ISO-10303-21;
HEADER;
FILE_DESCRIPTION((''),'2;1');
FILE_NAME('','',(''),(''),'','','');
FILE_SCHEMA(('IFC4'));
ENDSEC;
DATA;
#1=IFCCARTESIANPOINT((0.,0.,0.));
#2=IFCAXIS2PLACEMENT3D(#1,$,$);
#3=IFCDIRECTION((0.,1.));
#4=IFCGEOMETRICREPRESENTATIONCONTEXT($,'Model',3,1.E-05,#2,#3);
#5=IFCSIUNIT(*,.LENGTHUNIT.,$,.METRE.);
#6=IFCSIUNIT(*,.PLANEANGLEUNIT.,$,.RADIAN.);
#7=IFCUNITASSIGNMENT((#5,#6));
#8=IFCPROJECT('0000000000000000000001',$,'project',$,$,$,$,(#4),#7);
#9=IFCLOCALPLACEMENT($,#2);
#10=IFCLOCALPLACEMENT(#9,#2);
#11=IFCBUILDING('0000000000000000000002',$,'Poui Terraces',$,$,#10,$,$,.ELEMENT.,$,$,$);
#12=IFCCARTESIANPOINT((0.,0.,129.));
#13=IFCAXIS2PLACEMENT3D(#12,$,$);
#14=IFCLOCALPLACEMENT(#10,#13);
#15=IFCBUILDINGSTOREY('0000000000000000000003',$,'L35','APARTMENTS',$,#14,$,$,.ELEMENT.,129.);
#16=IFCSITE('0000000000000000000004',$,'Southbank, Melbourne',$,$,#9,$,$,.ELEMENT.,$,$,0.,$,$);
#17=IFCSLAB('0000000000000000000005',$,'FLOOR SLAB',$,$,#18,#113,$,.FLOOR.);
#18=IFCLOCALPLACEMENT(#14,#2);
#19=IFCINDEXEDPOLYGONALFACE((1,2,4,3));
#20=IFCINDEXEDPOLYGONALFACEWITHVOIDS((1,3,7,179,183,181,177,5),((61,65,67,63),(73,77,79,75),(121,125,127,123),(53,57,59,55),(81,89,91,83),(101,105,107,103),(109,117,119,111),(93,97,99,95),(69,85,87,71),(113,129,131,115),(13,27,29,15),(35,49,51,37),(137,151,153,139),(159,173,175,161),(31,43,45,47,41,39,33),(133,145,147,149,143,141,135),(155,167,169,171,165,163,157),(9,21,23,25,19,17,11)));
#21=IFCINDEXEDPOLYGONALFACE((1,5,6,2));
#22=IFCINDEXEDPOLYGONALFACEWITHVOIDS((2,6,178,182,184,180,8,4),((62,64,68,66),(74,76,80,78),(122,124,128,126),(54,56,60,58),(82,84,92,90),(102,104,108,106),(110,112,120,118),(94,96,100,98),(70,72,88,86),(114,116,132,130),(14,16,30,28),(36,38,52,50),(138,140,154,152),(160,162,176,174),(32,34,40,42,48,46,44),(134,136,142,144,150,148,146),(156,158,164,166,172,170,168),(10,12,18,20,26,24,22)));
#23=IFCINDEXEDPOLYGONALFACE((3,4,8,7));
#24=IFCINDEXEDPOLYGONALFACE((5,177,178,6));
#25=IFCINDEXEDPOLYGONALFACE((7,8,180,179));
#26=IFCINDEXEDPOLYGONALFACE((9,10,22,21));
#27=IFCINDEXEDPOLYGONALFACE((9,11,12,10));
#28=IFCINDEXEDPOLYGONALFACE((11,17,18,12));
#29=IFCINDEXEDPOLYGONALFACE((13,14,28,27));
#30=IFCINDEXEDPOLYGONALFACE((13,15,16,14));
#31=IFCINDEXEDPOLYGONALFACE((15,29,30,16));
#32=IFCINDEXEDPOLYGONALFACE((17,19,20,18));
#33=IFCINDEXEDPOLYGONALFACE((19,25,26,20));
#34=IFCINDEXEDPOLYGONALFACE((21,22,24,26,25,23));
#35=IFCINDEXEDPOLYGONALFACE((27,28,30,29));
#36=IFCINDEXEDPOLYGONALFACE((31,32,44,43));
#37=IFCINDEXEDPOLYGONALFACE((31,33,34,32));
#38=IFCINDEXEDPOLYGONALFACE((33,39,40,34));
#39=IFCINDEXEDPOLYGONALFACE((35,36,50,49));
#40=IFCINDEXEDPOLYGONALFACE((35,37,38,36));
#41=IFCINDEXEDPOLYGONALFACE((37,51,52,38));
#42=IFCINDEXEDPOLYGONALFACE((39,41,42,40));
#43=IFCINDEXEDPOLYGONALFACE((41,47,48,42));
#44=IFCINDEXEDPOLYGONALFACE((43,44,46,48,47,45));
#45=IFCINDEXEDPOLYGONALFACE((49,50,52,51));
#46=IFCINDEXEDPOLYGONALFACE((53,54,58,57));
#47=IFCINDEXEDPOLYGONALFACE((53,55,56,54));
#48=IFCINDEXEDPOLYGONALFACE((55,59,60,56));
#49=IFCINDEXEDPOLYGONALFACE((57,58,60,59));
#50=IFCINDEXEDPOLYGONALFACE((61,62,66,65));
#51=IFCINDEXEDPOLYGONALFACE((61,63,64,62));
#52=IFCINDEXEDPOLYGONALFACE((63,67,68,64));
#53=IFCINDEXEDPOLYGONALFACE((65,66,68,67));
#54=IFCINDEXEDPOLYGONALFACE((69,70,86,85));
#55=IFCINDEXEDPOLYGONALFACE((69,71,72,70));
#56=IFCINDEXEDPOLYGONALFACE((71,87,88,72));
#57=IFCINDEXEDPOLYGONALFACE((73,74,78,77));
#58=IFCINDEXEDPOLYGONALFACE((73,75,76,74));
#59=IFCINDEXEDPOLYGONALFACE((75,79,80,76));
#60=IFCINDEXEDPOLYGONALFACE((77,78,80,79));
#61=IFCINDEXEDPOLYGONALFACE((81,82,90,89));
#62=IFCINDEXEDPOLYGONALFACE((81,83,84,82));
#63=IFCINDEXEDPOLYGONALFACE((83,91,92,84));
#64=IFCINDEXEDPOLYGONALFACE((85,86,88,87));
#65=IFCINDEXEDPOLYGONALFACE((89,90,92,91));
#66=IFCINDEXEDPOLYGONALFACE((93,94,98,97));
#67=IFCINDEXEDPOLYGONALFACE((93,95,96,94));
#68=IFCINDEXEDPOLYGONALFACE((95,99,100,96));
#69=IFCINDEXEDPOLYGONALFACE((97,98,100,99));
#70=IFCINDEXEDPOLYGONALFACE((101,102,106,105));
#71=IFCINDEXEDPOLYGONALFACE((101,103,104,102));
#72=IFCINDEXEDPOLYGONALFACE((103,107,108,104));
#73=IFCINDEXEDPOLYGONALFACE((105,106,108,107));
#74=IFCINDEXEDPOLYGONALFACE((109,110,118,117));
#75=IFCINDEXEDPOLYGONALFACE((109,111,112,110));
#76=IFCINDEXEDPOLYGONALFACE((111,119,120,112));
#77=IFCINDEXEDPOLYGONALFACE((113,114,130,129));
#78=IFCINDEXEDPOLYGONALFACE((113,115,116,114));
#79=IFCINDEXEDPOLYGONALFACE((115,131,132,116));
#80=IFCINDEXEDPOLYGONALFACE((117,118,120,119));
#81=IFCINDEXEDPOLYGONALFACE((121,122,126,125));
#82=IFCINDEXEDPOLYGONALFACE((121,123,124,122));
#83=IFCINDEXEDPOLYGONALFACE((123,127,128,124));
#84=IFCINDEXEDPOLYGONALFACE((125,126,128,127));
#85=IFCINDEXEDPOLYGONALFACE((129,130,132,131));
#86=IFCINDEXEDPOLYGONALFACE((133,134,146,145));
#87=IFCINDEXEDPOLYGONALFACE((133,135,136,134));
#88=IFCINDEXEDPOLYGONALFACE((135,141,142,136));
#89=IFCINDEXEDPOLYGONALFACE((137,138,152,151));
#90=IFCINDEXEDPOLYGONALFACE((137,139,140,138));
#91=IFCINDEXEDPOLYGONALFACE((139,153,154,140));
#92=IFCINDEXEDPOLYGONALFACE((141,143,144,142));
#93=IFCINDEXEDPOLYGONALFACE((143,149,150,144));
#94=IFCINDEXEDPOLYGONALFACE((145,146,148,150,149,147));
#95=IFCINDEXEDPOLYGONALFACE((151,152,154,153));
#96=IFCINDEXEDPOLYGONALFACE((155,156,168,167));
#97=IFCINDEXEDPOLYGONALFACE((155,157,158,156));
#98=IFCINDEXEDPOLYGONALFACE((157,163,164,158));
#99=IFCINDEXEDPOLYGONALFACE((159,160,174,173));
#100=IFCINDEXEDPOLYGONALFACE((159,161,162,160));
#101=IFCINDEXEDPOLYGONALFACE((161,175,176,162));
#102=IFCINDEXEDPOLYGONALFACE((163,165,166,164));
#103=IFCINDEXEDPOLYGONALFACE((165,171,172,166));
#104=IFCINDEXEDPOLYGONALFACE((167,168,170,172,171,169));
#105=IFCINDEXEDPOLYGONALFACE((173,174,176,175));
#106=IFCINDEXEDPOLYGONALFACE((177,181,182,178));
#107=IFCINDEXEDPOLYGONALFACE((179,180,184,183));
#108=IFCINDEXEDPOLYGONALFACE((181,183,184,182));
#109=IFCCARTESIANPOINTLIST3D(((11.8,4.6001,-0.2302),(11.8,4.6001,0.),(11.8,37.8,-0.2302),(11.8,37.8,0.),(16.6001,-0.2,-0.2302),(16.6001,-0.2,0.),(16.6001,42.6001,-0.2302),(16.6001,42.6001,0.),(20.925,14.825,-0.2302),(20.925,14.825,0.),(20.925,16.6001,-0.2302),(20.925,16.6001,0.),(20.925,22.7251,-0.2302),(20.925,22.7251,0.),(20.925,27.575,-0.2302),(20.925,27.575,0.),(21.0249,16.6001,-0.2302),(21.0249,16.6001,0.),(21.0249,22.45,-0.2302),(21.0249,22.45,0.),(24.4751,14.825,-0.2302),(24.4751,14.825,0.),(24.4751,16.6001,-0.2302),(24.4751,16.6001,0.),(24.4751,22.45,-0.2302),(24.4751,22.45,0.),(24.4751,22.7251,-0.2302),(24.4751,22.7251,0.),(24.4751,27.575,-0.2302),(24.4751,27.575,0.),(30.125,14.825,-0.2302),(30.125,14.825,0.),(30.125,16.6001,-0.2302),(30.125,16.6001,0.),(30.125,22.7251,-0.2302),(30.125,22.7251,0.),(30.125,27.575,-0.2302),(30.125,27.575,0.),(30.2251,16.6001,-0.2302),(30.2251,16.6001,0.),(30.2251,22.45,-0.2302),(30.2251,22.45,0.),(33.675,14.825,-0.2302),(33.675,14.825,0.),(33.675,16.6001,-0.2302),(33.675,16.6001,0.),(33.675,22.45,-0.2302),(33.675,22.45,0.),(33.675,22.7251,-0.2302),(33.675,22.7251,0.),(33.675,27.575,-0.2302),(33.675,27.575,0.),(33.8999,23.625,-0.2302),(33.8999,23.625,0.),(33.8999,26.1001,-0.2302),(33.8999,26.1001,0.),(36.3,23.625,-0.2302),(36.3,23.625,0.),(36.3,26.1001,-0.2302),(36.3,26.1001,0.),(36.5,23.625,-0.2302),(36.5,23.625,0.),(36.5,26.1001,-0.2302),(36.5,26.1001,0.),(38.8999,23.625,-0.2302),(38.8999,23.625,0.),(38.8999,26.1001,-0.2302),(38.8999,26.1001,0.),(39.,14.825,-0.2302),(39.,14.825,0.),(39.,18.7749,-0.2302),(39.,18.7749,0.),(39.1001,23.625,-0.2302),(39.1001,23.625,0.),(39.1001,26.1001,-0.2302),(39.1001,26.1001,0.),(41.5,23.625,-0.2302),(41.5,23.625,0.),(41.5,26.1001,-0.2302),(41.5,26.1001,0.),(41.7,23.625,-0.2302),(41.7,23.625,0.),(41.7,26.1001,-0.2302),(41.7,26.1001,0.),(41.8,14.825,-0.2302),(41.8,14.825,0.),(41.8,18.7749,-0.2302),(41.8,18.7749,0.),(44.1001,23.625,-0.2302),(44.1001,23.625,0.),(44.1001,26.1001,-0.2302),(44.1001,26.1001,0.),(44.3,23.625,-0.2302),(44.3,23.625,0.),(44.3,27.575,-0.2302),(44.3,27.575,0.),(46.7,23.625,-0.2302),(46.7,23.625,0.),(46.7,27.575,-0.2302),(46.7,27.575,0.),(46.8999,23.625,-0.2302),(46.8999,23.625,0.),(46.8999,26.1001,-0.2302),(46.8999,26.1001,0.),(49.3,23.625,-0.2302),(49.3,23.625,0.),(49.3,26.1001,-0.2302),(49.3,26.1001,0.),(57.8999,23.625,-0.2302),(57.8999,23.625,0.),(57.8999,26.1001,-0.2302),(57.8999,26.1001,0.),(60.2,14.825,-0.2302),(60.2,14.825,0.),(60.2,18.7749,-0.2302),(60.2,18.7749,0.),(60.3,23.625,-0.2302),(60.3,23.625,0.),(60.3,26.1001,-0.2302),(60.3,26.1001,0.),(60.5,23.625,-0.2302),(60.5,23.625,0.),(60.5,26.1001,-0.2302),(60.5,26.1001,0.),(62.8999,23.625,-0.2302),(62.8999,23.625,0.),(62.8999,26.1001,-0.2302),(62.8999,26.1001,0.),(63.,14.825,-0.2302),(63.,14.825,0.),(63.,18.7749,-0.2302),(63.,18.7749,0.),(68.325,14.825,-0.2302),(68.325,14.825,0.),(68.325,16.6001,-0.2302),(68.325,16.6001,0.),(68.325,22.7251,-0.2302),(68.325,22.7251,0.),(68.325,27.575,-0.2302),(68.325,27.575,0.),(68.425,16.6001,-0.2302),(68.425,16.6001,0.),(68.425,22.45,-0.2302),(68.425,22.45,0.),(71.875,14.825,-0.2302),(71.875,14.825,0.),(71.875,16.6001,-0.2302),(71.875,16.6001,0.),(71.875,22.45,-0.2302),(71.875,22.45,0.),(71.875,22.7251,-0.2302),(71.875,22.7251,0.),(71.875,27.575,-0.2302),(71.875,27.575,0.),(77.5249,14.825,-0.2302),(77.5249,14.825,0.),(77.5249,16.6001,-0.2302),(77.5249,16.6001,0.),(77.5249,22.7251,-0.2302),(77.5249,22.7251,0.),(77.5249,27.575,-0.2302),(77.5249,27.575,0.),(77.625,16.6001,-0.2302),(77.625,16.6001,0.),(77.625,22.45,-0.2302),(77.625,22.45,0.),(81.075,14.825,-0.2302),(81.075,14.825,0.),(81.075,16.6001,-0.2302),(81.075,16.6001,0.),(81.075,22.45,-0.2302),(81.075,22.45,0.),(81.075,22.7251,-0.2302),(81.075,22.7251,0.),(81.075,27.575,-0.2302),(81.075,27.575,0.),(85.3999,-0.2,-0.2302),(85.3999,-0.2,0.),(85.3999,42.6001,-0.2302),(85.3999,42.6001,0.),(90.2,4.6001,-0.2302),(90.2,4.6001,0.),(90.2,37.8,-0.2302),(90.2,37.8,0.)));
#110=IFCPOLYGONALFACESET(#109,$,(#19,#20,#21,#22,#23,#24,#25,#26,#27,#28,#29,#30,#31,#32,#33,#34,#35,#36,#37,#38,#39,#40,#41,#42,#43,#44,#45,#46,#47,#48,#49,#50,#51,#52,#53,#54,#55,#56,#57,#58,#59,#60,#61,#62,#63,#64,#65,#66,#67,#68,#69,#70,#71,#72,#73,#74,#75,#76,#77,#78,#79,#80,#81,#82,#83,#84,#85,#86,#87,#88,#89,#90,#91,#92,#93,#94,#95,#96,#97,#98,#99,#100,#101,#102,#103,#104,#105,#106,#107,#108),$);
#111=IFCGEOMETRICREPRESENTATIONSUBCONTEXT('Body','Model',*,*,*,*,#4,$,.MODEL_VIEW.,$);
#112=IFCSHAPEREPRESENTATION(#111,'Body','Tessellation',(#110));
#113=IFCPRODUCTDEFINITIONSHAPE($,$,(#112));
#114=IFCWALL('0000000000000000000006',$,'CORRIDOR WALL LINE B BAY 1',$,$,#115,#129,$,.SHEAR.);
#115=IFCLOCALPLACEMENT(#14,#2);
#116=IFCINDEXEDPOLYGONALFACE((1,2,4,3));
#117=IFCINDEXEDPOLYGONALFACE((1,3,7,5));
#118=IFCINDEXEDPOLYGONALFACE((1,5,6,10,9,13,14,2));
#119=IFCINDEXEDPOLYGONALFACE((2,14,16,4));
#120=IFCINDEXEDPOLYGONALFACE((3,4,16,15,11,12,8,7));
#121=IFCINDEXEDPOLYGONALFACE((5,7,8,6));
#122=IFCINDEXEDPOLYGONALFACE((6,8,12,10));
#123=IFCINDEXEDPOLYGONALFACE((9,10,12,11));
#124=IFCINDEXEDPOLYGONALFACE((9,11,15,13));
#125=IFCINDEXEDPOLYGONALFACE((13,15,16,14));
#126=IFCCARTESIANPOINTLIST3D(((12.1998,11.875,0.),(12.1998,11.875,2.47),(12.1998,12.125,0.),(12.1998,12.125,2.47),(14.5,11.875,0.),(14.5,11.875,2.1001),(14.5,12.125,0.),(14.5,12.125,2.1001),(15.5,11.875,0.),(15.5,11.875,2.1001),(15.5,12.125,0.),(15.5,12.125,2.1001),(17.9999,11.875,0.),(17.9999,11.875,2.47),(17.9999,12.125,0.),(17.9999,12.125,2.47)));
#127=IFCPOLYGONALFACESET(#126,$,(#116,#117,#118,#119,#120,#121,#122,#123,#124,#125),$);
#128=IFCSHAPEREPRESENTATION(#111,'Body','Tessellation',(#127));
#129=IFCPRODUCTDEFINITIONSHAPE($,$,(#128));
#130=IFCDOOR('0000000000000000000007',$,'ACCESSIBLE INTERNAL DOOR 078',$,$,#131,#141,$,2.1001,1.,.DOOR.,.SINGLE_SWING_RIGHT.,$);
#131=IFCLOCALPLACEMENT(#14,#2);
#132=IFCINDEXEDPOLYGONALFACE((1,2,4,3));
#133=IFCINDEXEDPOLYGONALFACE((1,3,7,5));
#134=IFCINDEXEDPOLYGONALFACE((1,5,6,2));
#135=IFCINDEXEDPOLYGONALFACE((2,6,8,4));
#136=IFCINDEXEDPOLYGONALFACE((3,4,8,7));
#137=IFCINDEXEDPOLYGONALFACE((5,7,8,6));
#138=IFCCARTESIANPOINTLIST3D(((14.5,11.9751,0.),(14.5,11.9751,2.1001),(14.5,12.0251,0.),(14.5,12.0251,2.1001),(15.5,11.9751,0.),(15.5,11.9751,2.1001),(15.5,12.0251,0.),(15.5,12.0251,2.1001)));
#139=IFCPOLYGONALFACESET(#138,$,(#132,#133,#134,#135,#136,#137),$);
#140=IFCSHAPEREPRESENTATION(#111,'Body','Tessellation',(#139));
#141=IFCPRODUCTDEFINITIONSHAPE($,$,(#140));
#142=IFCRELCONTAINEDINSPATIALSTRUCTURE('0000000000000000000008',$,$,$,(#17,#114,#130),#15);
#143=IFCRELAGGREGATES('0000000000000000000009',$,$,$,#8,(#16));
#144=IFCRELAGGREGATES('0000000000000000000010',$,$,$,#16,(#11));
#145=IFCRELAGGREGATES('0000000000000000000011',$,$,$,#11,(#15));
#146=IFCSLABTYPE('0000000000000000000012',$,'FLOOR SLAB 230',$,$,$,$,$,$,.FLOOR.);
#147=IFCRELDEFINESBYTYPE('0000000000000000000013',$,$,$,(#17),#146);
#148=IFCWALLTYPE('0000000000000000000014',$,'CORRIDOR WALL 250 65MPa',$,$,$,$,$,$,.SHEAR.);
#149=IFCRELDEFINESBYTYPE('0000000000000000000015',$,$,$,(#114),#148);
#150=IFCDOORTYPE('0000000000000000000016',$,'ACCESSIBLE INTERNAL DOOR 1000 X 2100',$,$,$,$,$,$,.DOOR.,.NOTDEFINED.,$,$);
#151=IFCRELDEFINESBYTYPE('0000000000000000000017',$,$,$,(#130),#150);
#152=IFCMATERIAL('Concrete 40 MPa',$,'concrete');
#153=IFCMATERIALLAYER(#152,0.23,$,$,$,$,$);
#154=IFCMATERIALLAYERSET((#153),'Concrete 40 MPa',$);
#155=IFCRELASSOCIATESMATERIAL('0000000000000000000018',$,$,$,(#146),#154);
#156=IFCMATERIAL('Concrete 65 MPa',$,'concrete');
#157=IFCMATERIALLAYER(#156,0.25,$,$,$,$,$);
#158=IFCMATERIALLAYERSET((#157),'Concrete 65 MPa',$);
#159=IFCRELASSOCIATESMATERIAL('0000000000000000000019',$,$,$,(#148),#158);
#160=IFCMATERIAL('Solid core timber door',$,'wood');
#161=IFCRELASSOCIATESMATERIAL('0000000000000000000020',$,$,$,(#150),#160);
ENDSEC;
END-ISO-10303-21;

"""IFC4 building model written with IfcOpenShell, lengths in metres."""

from ifc_helpers import new_model, si_unit, direction, frame, frame_2d, origin, place, context, subcontext, project, spatial, polyline, rectangle, outline, extrude, source, transform, mapped, material, layer, layer_set, type_object, element, fill, save


model = new_model("IFC4")

# Units and contexts
model_context = context("Model", 3, precision=1e-05, world=origin(), true_north=direction((0.0, 1.0)))
body_context = subcontext(model_context, "Body", "Model", "MODEL_VIEW")
ifc_project = project(units=[si_unit("LENGTHUNIT", "METRE"), si_unit("PLANEANGLEUNIT", "RADIAN")], contexts=[model_context])

# Site, building, storey
site_placement = place(None, origin())
site = spatial("IfcSite", under=ifc_project, at=site_placement, Name="Southbank, Melbourne", CompositionType="ELEMENT", RefElevation=0.0)
building_placement = place(site_placement, origin())
building = spatial("IfcBuilding", under=site, at=building_placement, Name="Poui Terraces", CompositionType="ELEMENT")
storey_placement = place(building_placement, frame((0.0, 0.0, 129.0)))
storey = spatial("IfcBuildingStorey", under=building, at=storey_placement, Name="L35", Description="APARTMENTS", CompositionType="ELEMENT", Elevation=129.0)

# Shared definitions
ifc_material_1 = material(Name="Concrete 65 MPa", Category="concrete")

# Slab
ifc_material_2 = material(Name="Concrete 40 MPa", Category="concrete")
ifc_layer_1 = layer(ifc_material_2, 0.23)
ifc_layer_set_1 = layer_set([ifc_layer_1], Name="Concrete 40 MPa")
slab_type_1 = type_object("IfcSlabType", Name="FLOOR SLAB 230", PredefinedType="FLOOR", material=ifc_layer_set_1)
shared_shape_1 = source(origin(), body_context, "Body", "SweptSolid", [
    extrude(outline(polyline([(0.0, 0.0), (4.8, -4.8), (73.5999, -4.8), (78.3999, 0.0), (78.3999, 33.2), (73.5999, 38.0), (4.8, 38.0), (0.0, 33.2), (0.0, 0.0)]), holes=[polyline([(27.2, 10.2249), (27.2, 14.1748), (30.0, 14.1748), (30.0, 10.2249), (27.2, 10.2249)]), polyline([(9.2249, 17.8499), (12.675, 17.8499), (12.675, 12.0), (12.675, 10.2249), (9.125, 10.2249), (9.125, 12.0), (9.2249, 12.0), (9.2249, 17.8499)]), polyline([(18.425, 17.8499), (21.875, 17.8499), (21.875, 12.0), (21.875, 10.2249), (18.325, 10.2249), (18.325, 12.0), (18.425, 12.0), (18.425, 17.8499)]), polyline([(22.0999, 19.0249), (22.0999, 21.5), (24.5, 21.5), (24.5, 19.0249), (22.0999, 19.0249)]), polyline([(24.7, 19.0249), (24.7, 21.5), (27.0999, 21.5), (27.0999, 19.0249), (24.7, 19.0249)]), polyline([(27.3, 19.0249), (27.3, 21.5), (29.7, 21.5), (29.7, 19.0249), (27.3, 19.0249)]), polyline([(29.8999, 19.0249), (29.8999, 21.5), (32.3, 21.5), (32.3, 19.0249), (29.8999, 19.0249)]), polyline([(9.125, 22.9749), (12.675, 22.9749), (12.675, 18.125), (9.125, 18.125), (9.125, 22.9749)]), polyline([(18.325, 22.9749), (21.875, 22.9749), (21.875, 18.125), (18.325, 18.125), (18.325, 22.9749)]), polyline([(48.3999, 10.2249), (48.3999, 14.1748), (51.2, 14.1748), (51.2, 10.2249), (48.3999, 10.2249)]), polyline([(56.625, 17.8499), (60.075, 17.8499), (60.075, 12.0), (60.075, 10.2249), (56.5249, 10.2249), (56.5249, 12.0), (56.625, 12.0), (56.625, 17.8499)]), polyline([(65.825, 17.8499), (69.2749, 17.8499), (69.2749, 12.0), (69.2749, 10.2249), (65.7249, 10.2249), (65.7249, 12.0), (65.825, 12.0), (65.825, 17.8499)]), polyline([(35.0999, 19.0249), (35.0999, 21.5), (37.5, 21.5), (37.5, 19.0249), (35.0999, 19.0249)]), polyline([(46.0999, 19.0249), (46.0999, 21.5), (48.5, 21.5), (48.5, 19.0249), (46.0999, 19.0249)]), polyline([(48.7, 19.0249), (48.7, 21.5), (51.0999, 21.5), (51.0999, 19.0249), (48.7, 19.0249)]), polyline([(56.5249, 18.125), (56.5249, 22.9749), (60.075, 22.9749), (60.075, 18.125), (56.5249, 18.125)]), polyline([(65.7249, 22.9749), (69.2749, 22.9749), (69.2749, 18.125), (65.7249, 18.125), (65.7249, 22.9749)]), polyline([(32.5, 22.9749), (34.8999, 22.9749), (34.8999, 19.0249), (32.5, 19.0249), (32.5, 22.9749)])]), origin(), (0.0, 0.0, 1.0), 0.2302),
])
slab_1_placement = place(storey_placement, frame((11.8, 4.6001, -0.2302)))
element("IfcSlab", 1, at=slab_1_placement, inside=storey, type_object=slab_type_1, Name="FLOOR SLAB", PredefinedType="FLOOR", context=body_context, shape_type="MappedRepresentation", body=[
    mapped(shared_shape_1, transform((0.0, 0.0, 0.0))),
])

# Wall, opening, door
ifc_layer_2 = layer(ifc_material_1, 0.25)
ifc_layer_set_2 = layer_set([ifc_layer_2], Name="Concrete 65 MPa")
wall_type_1 = type_object("IfcWallType", Name="CORRIDOR WALL 250 65MPa", PredefinedType="SHEAR", material=ifc_layer_set_2)
wall_1_placement = place(storey_placement, frame((12.2, 12.0, 0.0), z_axis=(0.0, 0.0, 1.0), x_axis=(1.0, 0.0, 0.0)))
wall_1 = element("IfcWall", 2, at=wall_1_placement, inside=storey, type_object=wall_type_1, Name="CORRIDOR WALL LINE B BAY 1", PredefinedType="SHEAR", context=body_context, shape_type="SweptSolid", body=[
    extrude(rectangle(XDim=5.8, YDim=0.25, at=frame_2d((2.8999, 0.0))), origin(), (0.0, 0.0, 1.0), 2.47),
])
opening_1_placement = place(wall_1_placement, frame((2.3, 0.0, 0.0)))
opening_1 = element("IfcOpeningElement", 3, at=opening_1_placement, cuts=wall_1, PredefinedType="OPENING", context=body_context, shape_type="SweptSolid", body=[
    extrude(rectangle(XDim=1.0, YDim=2.1001, at=frame_2d((0.5, 1.05))), frame((0.0, 0.135, 0.0), z_axis=(0.0, -1.0, 0.0), x_axis=(1.0, 0.0, 0.0)), (0.0, 0.0, 1.0), 0.27),
])
ifc_material_3 = material(Name="Solid core timber door", Category="wood")
door_type = type_object("IfcDoorType", Name="ACCESSIBLE INTERNAL DOOR 1000 X 2100", OperationType="NOTDEFINED", PredefinedType="DOOR", material=ifc_material_3)
door_placement = place(opening_1_placement, frame((1.0, 0.0, 0.0), z_axis=(0.0, 0.0, 1.0), x_axis=(-1.0, 0.0, 0.0)))
door = element("IfcDoor", 4, at=door_placement, inside=storey, type_object=door_type, Name="ACCESSIBLE INTERNAL DOOR 078", OperationType="SINGLE_SWING_RIGHT", OverallHeight=2.1001, OverallWidth=1.0, PredefinedType="DOOR", context=body_context, shape_type="SweptSolid", body=[
    extrude(rectangle(XDim=1.0, YDim=2.1001, at=frame_2d((0.5, 1.05))), frame((0.0, 0.0249, 0.0), z_axis=(0.0, -1.0, 0.0), x_axis=(1.0, 0.0, 0.0)), (0.0, 0.0, 1.0), 0.05),
])
fill(opening_1, door)

save(model, "model.ifc")
